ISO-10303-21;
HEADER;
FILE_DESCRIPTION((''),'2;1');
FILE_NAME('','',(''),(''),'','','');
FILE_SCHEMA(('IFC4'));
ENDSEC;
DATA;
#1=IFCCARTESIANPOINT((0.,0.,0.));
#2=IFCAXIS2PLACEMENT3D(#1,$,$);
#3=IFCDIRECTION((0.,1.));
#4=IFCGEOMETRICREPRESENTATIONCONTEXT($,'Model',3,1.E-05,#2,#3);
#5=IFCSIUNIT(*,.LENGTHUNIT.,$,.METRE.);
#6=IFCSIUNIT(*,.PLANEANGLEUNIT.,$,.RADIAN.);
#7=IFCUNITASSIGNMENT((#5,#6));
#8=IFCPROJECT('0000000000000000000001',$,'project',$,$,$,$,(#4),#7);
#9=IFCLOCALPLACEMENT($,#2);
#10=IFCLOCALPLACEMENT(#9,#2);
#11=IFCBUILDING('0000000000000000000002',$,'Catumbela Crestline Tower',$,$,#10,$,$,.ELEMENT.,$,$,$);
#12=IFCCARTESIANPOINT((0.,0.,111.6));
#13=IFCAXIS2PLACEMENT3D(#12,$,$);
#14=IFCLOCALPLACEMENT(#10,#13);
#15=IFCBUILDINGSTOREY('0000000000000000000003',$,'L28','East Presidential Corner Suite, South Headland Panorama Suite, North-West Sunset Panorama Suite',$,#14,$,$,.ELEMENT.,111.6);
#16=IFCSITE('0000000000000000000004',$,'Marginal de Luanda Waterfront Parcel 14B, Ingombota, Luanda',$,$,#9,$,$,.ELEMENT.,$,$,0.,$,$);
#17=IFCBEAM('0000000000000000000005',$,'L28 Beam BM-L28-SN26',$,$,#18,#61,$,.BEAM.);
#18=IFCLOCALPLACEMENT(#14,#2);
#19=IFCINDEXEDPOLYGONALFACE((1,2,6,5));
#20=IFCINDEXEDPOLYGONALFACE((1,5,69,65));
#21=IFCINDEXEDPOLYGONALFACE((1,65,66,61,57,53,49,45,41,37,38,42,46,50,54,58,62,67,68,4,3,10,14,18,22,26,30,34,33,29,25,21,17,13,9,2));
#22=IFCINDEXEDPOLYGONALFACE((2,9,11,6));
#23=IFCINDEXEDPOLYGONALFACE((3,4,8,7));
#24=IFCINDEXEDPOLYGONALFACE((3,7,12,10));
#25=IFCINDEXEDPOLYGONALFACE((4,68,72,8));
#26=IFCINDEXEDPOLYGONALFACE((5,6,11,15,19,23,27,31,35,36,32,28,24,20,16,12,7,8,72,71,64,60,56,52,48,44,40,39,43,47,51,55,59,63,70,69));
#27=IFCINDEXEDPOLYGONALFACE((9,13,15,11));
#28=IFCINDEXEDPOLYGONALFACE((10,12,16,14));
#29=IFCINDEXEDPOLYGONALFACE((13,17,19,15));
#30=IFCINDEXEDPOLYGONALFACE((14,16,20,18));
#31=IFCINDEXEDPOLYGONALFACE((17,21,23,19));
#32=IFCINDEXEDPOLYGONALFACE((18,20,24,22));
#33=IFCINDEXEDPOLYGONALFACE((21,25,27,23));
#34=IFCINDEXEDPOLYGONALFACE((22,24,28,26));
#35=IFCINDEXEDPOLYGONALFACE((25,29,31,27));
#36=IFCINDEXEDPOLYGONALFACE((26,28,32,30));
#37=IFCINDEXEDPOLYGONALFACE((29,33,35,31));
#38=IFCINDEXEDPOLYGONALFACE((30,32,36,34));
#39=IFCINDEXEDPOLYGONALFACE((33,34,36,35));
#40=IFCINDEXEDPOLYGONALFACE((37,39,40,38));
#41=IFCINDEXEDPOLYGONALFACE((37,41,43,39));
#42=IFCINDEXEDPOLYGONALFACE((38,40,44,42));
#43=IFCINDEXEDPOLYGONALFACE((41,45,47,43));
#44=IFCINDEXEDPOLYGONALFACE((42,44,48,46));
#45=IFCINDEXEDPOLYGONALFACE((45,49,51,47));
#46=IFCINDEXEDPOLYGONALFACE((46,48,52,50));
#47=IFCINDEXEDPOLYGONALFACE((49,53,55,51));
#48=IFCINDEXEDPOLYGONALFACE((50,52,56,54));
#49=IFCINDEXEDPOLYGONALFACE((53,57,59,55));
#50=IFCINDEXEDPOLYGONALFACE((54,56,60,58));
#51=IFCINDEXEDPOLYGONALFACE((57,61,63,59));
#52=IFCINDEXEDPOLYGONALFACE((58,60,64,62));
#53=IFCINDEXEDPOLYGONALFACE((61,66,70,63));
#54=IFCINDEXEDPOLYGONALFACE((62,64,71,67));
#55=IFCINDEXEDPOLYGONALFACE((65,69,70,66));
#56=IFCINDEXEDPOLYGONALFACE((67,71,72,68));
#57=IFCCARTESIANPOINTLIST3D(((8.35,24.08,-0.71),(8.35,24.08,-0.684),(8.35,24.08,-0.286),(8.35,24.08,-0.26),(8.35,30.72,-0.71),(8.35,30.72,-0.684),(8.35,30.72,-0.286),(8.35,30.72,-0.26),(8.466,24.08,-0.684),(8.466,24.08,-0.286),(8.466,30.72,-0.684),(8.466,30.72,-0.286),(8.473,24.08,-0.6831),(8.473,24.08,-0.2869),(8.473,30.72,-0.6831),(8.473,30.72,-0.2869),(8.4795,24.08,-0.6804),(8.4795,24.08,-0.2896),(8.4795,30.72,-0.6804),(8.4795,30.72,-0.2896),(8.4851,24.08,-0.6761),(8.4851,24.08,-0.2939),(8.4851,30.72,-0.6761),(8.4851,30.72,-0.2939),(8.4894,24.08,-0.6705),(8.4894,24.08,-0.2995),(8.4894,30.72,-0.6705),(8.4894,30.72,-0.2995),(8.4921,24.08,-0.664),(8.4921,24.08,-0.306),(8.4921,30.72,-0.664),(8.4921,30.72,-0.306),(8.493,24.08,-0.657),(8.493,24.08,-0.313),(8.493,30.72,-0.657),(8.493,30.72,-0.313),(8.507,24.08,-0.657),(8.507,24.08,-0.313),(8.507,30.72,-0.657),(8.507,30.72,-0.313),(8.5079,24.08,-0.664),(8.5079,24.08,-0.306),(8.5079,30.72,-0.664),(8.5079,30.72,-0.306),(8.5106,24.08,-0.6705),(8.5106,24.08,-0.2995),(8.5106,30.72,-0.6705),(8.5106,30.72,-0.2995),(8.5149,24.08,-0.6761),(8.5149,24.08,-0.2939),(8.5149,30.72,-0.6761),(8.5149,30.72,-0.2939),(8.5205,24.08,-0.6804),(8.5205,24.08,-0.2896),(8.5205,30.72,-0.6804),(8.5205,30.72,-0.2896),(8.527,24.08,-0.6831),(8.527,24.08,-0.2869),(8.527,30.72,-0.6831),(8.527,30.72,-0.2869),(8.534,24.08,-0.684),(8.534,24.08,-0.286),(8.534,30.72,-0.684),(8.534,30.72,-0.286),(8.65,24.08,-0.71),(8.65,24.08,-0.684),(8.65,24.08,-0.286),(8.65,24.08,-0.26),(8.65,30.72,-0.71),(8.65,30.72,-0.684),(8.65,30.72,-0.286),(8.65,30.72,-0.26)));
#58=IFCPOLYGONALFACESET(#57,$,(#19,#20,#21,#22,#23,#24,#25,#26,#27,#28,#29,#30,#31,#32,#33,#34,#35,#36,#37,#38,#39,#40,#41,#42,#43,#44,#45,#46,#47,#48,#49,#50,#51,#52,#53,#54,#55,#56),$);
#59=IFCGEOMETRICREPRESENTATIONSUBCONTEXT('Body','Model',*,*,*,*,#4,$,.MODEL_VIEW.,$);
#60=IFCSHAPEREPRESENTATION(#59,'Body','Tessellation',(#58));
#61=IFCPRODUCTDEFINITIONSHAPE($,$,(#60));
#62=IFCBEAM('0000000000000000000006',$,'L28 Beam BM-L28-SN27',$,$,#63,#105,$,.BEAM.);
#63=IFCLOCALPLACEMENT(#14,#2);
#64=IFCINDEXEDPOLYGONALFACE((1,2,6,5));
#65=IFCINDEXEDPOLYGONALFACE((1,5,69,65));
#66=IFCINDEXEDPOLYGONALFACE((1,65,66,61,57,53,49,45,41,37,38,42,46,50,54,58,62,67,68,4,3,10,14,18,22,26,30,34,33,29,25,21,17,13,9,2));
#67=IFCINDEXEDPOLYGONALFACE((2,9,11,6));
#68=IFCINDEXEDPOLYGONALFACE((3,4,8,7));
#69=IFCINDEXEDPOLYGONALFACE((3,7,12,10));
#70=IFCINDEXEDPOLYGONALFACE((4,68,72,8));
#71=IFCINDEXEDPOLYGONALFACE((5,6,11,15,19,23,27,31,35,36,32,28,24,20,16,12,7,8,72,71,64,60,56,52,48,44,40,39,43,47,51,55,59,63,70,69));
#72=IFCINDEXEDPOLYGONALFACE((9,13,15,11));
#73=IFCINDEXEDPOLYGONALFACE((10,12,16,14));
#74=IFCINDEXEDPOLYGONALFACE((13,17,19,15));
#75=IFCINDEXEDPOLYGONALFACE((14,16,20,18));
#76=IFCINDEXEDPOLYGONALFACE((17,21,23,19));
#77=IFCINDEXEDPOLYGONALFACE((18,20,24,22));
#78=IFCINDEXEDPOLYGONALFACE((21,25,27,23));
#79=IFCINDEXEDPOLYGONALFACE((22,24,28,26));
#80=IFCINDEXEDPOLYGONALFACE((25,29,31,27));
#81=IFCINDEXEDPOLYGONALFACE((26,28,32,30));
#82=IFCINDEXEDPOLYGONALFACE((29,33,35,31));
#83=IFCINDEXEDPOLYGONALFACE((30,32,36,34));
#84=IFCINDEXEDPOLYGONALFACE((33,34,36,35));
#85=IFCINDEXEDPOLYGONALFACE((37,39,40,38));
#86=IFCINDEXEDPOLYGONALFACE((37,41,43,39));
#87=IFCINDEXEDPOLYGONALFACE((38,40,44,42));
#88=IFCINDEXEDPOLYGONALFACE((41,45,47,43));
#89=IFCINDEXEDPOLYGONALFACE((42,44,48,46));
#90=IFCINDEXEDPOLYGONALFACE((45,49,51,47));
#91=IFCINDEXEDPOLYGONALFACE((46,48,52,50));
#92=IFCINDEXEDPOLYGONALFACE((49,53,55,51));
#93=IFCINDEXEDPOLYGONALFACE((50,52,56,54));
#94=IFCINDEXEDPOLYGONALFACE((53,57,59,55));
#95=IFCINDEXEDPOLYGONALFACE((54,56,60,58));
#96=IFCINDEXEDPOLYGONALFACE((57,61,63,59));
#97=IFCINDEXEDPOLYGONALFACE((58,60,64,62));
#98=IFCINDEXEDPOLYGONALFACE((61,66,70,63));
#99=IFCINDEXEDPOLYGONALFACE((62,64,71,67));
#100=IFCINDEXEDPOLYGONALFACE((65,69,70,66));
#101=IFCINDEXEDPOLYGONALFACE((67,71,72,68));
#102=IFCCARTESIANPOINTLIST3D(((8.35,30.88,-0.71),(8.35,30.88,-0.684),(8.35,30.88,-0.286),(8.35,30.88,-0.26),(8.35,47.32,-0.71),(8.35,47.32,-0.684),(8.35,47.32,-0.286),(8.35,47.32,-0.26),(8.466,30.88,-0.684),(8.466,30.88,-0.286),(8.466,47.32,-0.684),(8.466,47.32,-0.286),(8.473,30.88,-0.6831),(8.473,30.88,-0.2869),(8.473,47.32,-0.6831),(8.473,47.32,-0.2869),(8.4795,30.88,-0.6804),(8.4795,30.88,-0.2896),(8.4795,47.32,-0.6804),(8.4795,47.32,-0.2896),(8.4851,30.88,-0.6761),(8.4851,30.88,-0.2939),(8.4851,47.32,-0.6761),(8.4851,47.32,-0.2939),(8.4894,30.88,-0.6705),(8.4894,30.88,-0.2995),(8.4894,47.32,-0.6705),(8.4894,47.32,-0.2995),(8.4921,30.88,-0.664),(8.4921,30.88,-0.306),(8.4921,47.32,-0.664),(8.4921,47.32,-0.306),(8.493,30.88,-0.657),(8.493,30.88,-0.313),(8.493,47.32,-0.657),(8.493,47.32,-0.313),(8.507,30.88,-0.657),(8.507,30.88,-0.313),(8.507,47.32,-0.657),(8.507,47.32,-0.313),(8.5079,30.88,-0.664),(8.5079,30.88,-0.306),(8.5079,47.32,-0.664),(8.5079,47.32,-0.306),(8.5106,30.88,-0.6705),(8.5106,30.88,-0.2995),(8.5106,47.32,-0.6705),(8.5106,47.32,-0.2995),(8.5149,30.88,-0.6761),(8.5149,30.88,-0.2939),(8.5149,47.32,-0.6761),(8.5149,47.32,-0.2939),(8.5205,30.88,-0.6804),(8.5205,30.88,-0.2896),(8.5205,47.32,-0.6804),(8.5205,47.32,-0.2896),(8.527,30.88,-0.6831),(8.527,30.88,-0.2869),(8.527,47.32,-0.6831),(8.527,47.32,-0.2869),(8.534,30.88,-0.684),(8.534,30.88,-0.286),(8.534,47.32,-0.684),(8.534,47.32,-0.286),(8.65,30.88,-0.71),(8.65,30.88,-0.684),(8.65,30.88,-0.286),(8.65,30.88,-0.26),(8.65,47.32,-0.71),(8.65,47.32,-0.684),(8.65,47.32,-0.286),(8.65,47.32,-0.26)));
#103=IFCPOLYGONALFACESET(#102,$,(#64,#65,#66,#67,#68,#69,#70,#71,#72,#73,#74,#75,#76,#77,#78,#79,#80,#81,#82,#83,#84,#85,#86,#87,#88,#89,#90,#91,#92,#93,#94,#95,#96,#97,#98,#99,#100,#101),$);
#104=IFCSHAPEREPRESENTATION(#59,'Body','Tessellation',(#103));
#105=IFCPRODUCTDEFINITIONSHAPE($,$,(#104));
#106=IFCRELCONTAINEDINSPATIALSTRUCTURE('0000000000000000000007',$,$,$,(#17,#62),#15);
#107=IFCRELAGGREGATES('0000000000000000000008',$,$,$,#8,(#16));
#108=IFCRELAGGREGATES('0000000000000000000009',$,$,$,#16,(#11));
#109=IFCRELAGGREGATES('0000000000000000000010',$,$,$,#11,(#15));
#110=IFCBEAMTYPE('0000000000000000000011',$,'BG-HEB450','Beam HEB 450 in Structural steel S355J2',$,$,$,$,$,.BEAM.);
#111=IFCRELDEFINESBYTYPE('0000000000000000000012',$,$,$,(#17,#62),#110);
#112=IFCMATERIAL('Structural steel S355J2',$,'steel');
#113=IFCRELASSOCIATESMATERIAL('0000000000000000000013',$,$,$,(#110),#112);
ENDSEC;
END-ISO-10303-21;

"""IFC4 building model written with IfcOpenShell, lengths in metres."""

from ifc_helpers import new_model, si_unit, direction, frame, origin, origin_2d, place, context, subcontext, project, spatial, i_section, extrude, material, material_profile, profile_set, type_object, element, save


model = new_model("IFC4")

# Units and contexts
model_context = context("Model", 3, precision=1e-05, world=origin(), true_north=direction((0.0, 1.0)))
body_context = subcontext(model_context, "Body", "Model", "MODEL_VIEW")
ifc_project = project(units=[si_unit("LENGTHUNIT", "METRE"), si_unit("PLANEANGLEUNIT", "RADIAN")], contexts=[model_context])

# Site, building, storey
site_placement = place(None, origin())
site = spatial("IfcSite", under=ifc_project, at=site_placement, Name="Marginal de Luanda Waterfront Parcel 14B, Ingombota, Luanda", CompositionType="ELEMENT", RefElevation=0.0)
building_placement = place(site_placement, origin())
building = spatial("IfcBuilding", under=site, at=building_placement, Name="Catumbela Crestline Tower", CompositionType="ELEMENT")
storey_placement = place(building_placement, frame((0.0, 0.0, 111.6)))
storey = spatial("IfcBuildingStorey", under=building, at=storey_placement, Name="L28", Description="East Presidential Corner Suite, South Headland Panorama Suite, North-West Sunset Panorama Suite", CompositionType="ELEMENT", Elevation=111.6)

# Beams
ifc_material_1 = material(Name="Structural steel S355J2", Category="steel")
ifc_material_profile_1 = material_profile(ifc_material_1, i_section(OverallWidth=0.3, OverallDepth=0.45, WebThickness=0.014, FlangeThickness=0.026, FilletRadius=0.027, at=origin_2d()), Name="HEB 450")
ifc_profile_set_1 = profile_set([ifc_material_profile_1], Name="Structural steel S355J2")
beam_type = type_object("IfcBeamType", Name="BG-HEB450", Description="Beam HEB 450 in Structural steel S355J2", PredefinedType="BEAM", material=ifc_profile_set_1)
beam_1_placement = place(storey_placement, frame((8.5, 24.08, -0.485), z_axis=(0.0, 1.0, 0.0), x_axis=(-1.0, 0.0, 0.0)))
element("IfcBeam", 1, at=beam_1_placement, inside=storey, type_object=beam_type, Name="L28 Beam BM-L28-SN26", PredefinedType="BEAM", context=body_context, shape_type="SweptSolid", body=[
    extrude(i_section(OverallWidth=0.3, OverallDepth=0.45, WebThickness=0.014, FlangeThickness=0.026, FilletRadius=0.027, at=origin_2d()), origin(), (0.0, 0.0, 1.0), 6.64),
])
beam_2_placement = place(storey_placement, frame((8.5, 30.88, -0.485), z_axis=(0.0, 1.0, 0.0), x_axis=(-1.0, 0.0, 0.0)))
element("IfcBeam", 2, at=beam_2_placement, inside=storey, type_object=beam_type, Name="L28 Beam BM-L28-SN27", PredefinedType="BEAM", context=body_context, shape_type="SweptSolid", body=[
    extrude(i_section(OverallWidth=0.3, OverallDepth=0.45, WebThickness=0.014, FlangeThickness=0.026, FilletRadius=0.027, at=origin_2d()), origin(), (0.0, 0.0, 1.0), 16.44),
])

save(model, "model.ifc")
